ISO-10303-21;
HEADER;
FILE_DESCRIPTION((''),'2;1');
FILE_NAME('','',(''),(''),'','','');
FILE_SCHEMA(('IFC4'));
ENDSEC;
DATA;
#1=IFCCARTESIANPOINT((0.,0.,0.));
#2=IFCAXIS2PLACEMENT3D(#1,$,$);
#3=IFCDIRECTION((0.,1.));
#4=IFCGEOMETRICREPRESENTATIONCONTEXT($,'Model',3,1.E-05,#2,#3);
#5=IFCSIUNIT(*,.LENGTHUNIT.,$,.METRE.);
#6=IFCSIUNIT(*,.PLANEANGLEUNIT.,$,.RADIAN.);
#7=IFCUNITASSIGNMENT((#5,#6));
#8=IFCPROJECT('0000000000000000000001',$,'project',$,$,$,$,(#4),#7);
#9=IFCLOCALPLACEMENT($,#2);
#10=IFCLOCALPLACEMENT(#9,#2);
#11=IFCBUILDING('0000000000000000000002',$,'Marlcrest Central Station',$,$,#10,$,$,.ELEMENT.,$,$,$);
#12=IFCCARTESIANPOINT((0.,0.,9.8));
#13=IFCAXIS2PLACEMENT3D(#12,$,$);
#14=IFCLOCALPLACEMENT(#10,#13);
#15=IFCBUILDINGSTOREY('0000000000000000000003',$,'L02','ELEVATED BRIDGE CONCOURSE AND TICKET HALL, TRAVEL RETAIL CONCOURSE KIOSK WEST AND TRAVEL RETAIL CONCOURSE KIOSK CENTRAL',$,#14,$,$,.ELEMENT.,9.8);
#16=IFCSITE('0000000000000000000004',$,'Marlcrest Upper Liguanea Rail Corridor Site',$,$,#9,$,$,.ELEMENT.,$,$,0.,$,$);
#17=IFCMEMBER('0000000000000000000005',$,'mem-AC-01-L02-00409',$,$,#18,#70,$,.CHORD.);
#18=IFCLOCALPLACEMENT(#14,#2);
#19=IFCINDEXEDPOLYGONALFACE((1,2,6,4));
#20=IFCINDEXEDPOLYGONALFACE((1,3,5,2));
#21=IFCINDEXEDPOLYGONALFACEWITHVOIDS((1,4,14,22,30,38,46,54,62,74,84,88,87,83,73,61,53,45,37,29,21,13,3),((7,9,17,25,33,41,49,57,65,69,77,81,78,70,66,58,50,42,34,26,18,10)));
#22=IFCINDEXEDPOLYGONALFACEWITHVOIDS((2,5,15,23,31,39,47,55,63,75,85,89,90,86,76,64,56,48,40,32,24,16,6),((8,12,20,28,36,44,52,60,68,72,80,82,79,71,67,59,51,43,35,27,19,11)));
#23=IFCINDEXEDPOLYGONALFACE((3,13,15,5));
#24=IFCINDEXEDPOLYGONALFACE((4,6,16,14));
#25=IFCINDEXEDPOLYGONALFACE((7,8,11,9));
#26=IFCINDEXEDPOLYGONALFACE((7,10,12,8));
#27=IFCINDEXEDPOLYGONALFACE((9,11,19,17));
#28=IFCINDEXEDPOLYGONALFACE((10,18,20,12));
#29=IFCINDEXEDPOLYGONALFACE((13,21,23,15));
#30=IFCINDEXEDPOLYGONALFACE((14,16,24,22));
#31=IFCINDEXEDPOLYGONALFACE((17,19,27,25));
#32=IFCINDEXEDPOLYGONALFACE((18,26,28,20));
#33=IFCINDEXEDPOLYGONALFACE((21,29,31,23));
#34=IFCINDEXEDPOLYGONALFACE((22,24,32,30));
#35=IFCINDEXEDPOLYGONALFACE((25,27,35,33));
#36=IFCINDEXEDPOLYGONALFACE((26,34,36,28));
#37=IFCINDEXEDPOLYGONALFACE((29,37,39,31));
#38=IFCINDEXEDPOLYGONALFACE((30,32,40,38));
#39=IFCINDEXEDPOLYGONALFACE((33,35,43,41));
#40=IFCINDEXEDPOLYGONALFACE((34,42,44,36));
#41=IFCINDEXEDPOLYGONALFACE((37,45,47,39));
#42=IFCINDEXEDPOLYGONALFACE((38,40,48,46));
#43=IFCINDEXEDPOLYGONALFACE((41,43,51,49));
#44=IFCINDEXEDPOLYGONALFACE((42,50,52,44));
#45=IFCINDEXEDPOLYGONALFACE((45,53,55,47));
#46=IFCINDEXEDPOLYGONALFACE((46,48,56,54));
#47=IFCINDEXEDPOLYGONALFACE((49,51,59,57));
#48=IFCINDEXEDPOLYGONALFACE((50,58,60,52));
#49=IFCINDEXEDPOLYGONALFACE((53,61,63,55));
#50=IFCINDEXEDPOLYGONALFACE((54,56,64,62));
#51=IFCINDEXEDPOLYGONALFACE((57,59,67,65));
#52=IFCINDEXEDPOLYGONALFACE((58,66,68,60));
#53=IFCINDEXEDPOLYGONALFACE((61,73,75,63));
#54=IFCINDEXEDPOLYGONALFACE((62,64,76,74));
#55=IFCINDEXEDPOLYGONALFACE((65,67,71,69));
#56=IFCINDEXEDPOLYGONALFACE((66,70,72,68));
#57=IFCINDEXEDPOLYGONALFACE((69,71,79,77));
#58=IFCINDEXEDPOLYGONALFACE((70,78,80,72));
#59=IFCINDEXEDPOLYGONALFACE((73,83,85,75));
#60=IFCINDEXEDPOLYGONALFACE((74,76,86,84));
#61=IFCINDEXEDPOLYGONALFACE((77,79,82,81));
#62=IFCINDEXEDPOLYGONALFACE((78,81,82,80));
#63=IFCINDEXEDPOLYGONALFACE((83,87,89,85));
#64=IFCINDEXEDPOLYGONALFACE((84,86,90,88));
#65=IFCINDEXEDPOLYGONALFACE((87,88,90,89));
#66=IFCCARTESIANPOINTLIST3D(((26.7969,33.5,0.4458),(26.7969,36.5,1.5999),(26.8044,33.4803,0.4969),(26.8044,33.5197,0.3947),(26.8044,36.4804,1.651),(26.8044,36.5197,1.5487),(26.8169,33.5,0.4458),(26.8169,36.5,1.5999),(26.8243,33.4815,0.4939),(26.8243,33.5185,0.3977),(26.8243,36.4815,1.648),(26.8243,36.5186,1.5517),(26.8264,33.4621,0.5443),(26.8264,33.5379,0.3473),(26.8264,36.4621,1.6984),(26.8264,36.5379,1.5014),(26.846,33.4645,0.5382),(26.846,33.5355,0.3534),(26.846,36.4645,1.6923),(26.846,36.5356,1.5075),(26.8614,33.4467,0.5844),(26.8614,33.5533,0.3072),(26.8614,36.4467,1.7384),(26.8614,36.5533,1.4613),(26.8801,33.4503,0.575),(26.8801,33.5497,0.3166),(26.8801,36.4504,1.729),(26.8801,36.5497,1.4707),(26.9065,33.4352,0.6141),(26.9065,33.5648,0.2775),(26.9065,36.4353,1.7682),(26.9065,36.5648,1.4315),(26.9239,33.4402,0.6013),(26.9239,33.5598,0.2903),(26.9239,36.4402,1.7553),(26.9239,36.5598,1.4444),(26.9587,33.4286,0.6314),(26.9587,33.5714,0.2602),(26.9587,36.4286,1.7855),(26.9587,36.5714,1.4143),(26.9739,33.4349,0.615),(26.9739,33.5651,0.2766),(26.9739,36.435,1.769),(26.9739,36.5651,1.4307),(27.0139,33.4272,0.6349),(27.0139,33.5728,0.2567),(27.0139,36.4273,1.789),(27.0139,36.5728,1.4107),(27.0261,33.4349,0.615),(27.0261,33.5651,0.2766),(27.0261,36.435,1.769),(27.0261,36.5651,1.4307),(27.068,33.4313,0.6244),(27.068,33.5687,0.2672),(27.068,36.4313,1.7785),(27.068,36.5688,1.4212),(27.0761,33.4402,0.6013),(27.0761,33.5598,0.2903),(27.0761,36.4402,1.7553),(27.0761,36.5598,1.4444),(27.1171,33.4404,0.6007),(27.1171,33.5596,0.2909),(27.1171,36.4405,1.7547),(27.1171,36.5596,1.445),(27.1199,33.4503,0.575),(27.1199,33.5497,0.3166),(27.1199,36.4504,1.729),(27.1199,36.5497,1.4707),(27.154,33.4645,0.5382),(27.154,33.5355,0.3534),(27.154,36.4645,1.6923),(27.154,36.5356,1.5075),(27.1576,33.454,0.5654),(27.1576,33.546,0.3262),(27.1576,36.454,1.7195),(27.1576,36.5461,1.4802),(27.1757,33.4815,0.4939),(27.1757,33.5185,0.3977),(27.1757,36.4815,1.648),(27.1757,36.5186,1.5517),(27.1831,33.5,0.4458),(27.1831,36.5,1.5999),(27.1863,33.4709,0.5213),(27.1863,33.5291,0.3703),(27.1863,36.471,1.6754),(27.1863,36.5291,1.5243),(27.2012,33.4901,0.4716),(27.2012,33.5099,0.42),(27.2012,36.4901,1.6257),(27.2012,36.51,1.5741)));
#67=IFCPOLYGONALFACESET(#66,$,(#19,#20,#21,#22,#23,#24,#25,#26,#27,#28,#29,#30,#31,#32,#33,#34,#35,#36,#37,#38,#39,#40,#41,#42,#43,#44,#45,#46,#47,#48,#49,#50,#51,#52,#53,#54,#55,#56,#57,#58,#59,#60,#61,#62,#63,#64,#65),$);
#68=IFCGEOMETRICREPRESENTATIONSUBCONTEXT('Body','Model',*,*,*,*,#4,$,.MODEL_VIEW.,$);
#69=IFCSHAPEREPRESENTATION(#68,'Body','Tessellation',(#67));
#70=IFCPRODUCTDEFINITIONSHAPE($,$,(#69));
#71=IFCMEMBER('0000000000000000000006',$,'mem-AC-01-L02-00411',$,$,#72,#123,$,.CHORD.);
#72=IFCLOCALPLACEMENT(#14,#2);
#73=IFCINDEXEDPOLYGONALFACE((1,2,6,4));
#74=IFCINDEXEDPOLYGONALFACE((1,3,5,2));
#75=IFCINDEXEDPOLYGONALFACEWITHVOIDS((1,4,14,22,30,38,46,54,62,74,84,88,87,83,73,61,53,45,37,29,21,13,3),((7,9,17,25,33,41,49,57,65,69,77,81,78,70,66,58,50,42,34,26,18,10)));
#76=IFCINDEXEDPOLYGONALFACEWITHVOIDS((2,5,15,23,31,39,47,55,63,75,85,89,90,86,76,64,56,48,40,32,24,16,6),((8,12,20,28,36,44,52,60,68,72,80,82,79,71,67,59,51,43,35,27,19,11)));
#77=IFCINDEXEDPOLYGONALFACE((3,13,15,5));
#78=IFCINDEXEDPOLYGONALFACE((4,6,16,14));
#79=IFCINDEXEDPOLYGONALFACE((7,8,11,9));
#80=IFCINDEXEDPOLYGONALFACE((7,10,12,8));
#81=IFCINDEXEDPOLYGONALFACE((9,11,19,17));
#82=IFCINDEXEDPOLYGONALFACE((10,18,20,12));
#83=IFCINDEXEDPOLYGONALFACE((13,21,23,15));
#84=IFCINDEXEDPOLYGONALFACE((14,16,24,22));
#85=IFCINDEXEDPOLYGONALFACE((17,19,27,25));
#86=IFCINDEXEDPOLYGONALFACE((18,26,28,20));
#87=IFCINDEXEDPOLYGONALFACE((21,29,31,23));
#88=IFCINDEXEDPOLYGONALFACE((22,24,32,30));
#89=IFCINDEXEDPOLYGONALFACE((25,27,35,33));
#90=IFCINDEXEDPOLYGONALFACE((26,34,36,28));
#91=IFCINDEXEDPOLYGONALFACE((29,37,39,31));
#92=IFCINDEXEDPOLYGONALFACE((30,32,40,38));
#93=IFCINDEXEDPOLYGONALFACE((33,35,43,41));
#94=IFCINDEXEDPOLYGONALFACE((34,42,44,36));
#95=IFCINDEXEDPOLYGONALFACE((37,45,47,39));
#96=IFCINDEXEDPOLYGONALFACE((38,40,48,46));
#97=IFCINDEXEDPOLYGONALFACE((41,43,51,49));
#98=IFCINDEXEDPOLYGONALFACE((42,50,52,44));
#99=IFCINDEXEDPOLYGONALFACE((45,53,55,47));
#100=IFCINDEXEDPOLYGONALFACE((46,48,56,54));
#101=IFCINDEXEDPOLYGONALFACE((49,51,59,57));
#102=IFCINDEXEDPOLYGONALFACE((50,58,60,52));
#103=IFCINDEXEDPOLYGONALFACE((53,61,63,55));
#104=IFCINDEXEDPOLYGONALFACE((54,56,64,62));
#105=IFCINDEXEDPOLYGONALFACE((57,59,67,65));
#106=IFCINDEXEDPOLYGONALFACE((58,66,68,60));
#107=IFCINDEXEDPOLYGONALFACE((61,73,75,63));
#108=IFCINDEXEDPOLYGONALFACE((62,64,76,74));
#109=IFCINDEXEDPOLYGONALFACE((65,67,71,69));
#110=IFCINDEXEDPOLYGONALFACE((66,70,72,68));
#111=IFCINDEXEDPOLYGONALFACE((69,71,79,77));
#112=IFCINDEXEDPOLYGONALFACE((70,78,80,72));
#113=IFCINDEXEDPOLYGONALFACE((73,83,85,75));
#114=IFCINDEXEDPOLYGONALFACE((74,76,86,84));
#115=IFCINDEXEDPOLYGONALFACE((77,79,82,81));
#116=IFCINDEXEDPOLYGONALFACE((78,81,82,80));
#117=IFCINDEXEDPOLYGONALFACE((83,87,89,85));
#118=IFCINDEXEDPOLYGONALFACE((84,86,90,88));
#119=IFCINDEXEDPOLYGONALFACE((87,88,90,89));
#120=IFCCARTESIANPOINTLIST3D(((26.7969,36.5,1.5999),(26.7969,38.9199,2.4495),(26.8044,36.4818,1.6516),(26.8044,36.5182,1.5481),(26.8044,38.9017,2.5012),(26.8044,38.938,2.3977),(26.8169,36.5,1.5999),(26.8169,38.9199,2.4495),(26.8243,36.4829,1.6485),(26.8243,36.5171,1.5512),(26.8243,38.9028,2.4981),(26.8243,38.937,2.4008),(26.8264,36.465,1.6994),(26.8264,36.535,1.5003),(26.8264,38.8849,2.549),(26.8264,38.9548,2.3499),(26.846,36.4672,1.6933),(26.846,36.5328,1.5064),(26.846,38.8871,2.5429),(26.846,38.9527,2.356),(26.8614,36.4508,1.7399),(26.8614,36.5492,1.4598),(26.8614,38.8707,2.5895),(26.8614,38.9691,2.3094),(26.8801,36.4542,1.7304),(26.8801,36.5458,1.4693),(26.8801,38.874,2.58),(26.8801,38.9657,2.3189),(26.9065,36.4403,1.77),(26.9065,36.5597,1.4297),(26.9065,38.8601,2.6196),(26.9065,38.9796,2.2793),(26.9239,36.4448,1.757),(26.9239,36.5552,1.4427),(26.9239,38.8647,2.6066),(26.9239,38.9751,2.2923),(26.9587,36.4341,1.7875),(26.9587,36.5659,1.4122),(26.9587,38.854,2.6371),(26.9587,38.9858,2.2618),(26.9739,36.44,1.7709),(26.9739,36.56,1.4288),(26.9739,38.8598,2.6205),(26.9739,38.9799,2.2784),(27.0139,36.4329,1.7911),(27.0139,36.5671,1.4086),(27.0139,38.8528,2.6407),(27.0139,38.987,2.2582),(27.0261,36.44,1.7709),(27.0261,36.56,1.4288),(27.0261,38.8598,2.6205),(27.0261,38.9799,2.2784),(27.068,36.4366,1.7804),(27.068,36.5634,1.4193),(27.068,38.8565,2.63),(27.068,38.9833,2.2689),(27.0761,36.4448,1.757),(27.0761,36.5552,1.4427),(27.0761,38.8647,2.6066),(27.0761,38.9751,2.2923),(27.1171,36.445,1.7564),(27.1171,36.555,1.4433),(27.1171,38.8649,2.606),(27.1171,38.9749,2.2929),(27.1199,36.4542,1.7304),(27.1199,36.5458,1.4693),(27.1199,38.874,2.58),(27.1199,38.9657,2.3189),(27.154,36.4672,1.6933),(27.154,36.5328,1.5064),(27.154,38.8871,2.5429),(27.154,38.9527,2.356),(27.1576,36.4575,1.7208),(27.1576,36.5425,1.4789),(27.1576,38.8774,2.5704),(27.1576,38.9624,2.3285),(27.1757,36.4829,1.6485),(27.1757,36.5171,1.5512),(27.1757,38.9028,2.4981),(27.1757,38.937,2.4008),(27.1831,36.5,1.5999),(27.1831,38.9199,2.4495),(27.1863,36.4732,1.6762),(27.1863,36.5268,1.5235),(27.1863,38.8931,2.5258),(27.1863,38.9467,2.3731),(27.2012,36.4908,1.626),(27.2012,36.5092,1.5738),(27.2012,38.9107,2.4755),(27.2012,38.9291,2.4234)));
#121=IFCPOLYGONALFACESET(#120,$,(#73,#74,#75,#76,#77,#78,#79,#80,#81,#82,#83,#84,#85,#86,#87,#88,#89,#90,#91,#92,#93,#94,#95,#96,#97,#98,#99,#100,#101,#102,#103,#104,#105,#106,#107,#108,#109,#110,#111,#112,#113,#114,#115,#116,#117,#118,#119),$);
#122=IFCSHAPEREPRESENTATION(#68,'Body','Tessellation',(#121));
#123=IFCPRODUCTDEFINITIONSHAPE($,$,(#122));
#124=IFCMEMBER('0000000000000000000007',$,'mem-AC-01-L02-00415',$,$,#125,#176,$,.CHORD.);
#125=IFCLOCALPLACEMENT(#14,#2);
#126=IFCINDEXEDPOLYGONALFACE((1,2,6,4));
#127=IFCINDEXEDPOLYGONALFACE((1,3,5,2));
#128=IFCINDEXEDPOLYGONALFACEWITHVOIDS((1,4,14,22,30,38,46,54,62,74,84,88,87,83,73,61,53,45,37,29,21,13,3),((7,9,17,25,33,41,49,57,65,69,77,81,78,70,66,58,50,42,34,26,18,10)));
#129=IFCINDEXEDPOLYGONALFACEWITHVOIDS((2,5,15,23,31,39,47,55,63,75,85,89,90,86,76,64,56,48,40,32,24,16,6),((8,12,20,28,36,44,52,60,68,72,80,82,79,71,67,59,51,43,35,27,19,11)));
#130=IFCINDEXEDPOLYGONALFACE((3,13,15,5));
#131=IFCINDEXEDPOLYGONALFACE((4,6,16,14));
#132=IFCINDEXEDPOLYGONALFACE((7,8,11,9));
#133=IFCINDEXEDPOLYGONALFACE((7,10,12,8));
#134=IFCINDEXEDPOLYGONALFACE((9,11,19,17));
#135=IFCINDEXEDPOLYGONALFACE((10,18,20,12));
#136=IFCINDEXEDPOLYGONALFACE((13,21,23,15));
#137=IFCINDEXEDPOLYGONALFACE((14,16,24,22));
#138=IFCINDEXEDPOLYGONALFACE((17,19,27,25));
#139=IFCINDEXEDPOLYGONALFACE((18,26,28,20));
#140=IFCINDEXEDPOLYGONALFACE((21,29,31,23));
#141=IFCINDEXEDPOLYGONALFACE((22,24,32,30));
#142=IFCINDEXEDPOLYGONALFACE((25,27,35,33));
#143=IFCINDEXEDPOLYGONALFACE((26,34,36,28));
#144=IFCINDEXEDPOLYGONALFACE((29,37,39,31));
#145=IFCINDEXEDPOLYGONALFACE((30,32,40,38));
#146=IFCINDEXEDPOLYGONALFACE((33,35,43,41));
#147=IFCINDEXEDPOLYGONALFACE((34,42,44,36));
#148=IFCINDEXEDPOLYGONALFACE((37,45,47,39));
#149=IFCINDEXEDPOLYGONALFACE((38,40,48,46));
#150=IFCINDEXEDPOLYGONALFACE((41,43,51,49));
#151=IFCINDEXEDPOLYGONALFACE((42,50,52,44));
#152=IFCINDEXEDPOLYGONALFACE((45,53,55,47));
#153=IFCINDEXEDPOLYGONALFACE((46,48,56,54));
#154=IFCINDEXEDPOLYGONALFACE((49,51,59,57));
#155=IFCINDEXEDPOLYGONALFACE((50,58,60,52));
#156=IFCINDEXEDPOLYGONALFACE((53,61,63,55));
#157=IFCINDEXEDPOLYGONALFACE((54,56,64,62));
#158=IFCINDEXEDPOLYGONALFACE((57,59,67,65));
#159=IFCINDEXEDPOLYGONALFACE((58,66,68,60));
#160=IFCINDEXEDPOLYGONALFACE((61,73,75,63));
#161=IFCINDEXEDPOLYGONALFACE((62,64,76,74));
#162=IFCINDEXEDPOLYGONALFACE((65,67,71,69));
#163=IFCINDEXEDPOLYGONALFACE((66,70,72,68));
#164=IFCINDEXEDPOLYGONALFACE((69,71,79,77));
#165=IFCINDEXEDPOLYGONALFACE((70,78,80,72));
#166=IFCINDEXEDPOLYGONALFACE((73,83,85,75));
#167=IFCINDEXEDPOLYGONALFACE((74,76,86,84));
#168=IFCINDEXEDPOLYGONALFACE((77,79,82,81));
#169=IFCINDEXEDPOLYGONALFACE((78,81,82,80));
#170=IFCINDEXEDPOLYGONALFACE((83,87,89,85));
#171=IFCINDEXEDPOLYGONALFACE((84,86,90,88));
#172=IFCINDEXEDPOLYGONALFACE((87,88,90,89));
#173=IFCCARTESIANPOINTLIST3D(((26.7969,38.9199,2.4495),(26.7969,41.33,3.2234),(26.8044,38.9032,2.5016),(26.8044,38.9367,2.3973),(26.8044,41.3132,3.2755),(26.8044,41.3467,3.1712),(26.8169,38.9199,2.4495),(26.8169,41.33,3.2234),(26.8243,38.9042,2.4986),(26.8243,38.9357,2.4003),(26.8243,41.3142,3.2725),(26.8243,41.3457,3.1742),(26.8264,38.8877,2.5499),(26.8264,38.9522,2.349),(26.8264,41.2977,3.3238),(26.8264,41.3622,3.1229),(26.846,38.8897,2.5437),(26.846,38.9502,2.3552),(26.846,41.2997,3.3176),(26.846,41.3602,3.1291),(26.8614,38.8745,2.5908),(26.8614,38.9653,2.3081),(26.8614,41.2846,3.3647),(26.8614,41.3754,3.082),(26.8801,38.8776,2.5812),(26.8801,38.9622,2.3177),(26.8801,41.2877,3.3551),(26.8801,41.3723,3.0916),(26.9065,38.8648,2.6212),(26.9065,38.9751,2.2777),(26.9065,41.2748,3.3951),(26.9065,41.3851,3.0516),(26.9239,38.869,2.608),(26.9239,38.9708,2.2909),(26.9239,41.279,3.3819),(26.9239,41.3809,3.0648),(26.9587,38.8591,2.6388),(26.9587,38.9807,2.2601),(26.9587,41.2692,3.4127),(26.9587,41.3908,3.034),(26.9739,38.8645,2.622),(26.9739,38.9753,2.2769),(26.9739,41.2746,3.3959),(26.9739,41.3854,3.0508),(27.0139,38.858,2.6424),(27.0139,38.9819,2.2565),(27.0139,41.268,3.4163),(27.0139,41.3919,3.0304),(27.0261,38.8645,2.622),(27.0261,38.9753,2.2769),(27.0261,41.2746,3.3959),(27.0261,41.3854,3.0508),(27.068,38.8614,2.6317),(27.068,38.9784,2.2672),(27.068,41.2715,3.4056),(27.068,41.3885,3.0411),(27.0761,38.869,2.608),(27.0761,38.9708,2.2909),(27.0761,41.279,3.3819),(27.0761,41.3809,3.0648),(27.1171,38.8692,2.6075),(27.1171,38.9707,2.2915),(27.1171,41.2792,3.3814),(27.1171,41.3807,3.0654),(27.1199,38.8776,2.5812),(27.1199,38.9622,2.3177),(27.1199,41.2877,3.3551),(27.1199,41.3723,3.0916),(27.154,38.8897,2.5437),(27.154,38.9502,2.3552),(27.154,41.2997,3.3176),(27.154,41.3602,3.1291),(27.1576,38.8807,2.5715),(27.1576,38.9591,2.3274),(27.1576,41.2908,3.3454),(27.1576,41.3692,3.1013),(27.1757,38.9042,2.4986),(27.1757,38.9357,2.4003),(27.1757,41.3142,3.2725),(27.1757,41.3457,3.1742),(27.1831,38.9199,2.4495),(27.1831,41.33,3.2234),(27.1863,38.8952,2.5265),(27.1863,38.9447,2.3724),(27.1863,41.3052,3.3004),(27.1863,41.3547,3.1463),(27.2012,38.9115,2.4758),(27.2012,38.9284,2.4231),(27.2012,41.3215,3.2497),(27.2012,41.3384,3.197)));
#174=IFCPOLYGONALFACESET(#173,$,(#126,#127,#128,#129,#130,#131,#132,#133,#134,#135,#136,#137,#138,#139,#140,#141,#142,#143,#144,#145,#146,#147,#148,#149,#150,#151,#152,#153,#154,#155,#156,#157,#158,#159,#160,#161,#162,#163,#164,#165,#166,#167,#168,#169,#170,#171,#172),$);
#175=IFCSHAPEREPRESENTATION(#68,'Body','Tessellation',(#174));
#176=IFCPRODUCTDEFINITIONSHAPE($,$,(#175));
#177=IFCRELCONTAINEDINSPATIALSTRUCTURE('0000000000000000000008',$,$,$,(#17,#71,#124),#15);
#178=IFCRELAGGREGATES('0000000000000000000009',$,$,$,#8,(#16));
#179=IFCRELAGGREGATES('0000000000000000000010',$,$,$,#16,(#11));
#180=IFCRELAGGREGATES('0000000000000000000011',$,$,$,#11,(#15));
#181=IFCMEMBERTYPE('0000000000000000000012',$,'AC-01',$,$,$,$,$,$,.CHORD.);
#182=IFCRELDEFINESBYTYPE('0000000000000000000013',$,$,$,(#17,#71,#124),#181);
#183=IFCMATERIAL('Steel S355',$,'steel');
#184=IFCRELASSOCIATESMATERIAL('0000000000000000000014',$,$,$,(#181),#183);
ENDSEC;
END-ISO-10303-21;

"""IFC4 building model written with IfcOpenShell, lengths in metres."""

from ifc_helpers import new_model, si_unit, direction, frame, origin, origin_2d, place, context, subcontext, project, spatial, hollow_circle, extrude, material, material_profile, profile_set, type_object, element, save


model = new_model("IFC4")

# Units and contexts
model_context = context("Model", 3, precision=1e-05, world=origin(), true_north=direction((0.0, 1.0)))
body_context = subcontext(model_context, "Body", "Model", "MODEL_VIEW")
ifc_project = project(units=[si_unit("LENGTHUNIT", "METRE"), si_unit("PLANEANGLEUNIT", "RADIAN")], contexts=[model_context])

# Site, building, storey
site_placement = place(None, origin())
site = spatial("IfcSite", under=ifc_project, at=site_placement, Name="Marlcrest Upper Liguanea Rail Corridor Site", CompositionType="ELEMENT", RefElevation=0.0)
building_placement = place(site_placement, origin())
building = spatial("IfcBuilding", under=site, at=building_placement, Name="Marlcrest Central Station", CompositionType="ELEMENT")
storey_placement = place(building_placement, frame((0.0, 0.0, 9.8)))
storey = spatial("IfcBuildingStorey", under=building, at=storey_placement, Name="L02", Description="ELEVATED BRIDGE CONCOURSE AND TICKET HALL, TRAVEL RETAIL CONCOURSE KIOSK WEST AND TRAVEL RETAIL CONCOURSE KIOSK CENTRAL", CompositionType="ELEMENT", Elevation=9.8)

# Members
ifc_material_1 = material(Name="Steel S355", Category="steel")
ifc_material_profile_1 = material_profile(ifc_material_1, hollow_circle(Radius=0.2031, WallThickness=0.02, at=origin_2d()), Name="CHS 406.4x20")
ifc_profile_set_1 = profile_set([ifc_material_profile_1], Name="Steel S355")
member_type_1 = type_object("IfcMemberType", Name="AC-01", PredefinedType="CHORD", material=ifc_profile_set_1)
member_1_placement = place(storey_placement, frame((27.0, 33.5, 0.4458), z_axis=(0.0, 0.933324, 0.359035), x_axis=(-1.0, 0.0, 0.0)))
element("IfcMember", 1, at=member_1_placement, inside=storey, type_object=member_type_1, Name="mem-AC-01-L02-00409", PredefinedType="CHORD", context=body_context, shape_type="SweptSolid", body=[
    extrude(hollow_circle(Radius=0.2031, WallThickness=0.02, at=origin_2d()), origin(), (0.0, 0.0, 1.0), 3.2144),
])
member_2_placement = place(storey_placement, frame((27.0, 36.5, 1.5999), z_axis=(0.0, 0.943537, 0.331266), x_axis=(-1.0, 0.0, 0.0)))
element("IfcMember", 2, at=member_2_placement, inside=storey, type_object=member_type_1, Name="mem-AC-01-L02-00411", PredefinedType="CHORD", context=body_context, shape_type="SweptSolid", body=[
    extrude(hollow_circle(Radius=0.2031, WallThickness=0.02, at=origin_2d()), origin(), (0.0, 0.0, 1.0), 2.5647),
])
member_3_placement = place(storey_placement, frame((27.0, 38.9199, 2.4495), z_axis=(0.0, 0.952117, 0.305734), x_axis=(-1.0, 0.0, 0.0)))
element("IfcMember", 3, at=member_3_placement, inside=storey, type_object=member_type_1, Name="mem-AC-01-L02-00415", PredefinedType="CHORD", context=body_context, shape_type="SweptSolid", body=[
    extrude(hollow_circle(Radius=0.2031, WallThickness=0.02, at=origin_2d()), origin(), (0.0, 0.0, 1.0), 2.5312),
])

save(model, "model.ifc")
